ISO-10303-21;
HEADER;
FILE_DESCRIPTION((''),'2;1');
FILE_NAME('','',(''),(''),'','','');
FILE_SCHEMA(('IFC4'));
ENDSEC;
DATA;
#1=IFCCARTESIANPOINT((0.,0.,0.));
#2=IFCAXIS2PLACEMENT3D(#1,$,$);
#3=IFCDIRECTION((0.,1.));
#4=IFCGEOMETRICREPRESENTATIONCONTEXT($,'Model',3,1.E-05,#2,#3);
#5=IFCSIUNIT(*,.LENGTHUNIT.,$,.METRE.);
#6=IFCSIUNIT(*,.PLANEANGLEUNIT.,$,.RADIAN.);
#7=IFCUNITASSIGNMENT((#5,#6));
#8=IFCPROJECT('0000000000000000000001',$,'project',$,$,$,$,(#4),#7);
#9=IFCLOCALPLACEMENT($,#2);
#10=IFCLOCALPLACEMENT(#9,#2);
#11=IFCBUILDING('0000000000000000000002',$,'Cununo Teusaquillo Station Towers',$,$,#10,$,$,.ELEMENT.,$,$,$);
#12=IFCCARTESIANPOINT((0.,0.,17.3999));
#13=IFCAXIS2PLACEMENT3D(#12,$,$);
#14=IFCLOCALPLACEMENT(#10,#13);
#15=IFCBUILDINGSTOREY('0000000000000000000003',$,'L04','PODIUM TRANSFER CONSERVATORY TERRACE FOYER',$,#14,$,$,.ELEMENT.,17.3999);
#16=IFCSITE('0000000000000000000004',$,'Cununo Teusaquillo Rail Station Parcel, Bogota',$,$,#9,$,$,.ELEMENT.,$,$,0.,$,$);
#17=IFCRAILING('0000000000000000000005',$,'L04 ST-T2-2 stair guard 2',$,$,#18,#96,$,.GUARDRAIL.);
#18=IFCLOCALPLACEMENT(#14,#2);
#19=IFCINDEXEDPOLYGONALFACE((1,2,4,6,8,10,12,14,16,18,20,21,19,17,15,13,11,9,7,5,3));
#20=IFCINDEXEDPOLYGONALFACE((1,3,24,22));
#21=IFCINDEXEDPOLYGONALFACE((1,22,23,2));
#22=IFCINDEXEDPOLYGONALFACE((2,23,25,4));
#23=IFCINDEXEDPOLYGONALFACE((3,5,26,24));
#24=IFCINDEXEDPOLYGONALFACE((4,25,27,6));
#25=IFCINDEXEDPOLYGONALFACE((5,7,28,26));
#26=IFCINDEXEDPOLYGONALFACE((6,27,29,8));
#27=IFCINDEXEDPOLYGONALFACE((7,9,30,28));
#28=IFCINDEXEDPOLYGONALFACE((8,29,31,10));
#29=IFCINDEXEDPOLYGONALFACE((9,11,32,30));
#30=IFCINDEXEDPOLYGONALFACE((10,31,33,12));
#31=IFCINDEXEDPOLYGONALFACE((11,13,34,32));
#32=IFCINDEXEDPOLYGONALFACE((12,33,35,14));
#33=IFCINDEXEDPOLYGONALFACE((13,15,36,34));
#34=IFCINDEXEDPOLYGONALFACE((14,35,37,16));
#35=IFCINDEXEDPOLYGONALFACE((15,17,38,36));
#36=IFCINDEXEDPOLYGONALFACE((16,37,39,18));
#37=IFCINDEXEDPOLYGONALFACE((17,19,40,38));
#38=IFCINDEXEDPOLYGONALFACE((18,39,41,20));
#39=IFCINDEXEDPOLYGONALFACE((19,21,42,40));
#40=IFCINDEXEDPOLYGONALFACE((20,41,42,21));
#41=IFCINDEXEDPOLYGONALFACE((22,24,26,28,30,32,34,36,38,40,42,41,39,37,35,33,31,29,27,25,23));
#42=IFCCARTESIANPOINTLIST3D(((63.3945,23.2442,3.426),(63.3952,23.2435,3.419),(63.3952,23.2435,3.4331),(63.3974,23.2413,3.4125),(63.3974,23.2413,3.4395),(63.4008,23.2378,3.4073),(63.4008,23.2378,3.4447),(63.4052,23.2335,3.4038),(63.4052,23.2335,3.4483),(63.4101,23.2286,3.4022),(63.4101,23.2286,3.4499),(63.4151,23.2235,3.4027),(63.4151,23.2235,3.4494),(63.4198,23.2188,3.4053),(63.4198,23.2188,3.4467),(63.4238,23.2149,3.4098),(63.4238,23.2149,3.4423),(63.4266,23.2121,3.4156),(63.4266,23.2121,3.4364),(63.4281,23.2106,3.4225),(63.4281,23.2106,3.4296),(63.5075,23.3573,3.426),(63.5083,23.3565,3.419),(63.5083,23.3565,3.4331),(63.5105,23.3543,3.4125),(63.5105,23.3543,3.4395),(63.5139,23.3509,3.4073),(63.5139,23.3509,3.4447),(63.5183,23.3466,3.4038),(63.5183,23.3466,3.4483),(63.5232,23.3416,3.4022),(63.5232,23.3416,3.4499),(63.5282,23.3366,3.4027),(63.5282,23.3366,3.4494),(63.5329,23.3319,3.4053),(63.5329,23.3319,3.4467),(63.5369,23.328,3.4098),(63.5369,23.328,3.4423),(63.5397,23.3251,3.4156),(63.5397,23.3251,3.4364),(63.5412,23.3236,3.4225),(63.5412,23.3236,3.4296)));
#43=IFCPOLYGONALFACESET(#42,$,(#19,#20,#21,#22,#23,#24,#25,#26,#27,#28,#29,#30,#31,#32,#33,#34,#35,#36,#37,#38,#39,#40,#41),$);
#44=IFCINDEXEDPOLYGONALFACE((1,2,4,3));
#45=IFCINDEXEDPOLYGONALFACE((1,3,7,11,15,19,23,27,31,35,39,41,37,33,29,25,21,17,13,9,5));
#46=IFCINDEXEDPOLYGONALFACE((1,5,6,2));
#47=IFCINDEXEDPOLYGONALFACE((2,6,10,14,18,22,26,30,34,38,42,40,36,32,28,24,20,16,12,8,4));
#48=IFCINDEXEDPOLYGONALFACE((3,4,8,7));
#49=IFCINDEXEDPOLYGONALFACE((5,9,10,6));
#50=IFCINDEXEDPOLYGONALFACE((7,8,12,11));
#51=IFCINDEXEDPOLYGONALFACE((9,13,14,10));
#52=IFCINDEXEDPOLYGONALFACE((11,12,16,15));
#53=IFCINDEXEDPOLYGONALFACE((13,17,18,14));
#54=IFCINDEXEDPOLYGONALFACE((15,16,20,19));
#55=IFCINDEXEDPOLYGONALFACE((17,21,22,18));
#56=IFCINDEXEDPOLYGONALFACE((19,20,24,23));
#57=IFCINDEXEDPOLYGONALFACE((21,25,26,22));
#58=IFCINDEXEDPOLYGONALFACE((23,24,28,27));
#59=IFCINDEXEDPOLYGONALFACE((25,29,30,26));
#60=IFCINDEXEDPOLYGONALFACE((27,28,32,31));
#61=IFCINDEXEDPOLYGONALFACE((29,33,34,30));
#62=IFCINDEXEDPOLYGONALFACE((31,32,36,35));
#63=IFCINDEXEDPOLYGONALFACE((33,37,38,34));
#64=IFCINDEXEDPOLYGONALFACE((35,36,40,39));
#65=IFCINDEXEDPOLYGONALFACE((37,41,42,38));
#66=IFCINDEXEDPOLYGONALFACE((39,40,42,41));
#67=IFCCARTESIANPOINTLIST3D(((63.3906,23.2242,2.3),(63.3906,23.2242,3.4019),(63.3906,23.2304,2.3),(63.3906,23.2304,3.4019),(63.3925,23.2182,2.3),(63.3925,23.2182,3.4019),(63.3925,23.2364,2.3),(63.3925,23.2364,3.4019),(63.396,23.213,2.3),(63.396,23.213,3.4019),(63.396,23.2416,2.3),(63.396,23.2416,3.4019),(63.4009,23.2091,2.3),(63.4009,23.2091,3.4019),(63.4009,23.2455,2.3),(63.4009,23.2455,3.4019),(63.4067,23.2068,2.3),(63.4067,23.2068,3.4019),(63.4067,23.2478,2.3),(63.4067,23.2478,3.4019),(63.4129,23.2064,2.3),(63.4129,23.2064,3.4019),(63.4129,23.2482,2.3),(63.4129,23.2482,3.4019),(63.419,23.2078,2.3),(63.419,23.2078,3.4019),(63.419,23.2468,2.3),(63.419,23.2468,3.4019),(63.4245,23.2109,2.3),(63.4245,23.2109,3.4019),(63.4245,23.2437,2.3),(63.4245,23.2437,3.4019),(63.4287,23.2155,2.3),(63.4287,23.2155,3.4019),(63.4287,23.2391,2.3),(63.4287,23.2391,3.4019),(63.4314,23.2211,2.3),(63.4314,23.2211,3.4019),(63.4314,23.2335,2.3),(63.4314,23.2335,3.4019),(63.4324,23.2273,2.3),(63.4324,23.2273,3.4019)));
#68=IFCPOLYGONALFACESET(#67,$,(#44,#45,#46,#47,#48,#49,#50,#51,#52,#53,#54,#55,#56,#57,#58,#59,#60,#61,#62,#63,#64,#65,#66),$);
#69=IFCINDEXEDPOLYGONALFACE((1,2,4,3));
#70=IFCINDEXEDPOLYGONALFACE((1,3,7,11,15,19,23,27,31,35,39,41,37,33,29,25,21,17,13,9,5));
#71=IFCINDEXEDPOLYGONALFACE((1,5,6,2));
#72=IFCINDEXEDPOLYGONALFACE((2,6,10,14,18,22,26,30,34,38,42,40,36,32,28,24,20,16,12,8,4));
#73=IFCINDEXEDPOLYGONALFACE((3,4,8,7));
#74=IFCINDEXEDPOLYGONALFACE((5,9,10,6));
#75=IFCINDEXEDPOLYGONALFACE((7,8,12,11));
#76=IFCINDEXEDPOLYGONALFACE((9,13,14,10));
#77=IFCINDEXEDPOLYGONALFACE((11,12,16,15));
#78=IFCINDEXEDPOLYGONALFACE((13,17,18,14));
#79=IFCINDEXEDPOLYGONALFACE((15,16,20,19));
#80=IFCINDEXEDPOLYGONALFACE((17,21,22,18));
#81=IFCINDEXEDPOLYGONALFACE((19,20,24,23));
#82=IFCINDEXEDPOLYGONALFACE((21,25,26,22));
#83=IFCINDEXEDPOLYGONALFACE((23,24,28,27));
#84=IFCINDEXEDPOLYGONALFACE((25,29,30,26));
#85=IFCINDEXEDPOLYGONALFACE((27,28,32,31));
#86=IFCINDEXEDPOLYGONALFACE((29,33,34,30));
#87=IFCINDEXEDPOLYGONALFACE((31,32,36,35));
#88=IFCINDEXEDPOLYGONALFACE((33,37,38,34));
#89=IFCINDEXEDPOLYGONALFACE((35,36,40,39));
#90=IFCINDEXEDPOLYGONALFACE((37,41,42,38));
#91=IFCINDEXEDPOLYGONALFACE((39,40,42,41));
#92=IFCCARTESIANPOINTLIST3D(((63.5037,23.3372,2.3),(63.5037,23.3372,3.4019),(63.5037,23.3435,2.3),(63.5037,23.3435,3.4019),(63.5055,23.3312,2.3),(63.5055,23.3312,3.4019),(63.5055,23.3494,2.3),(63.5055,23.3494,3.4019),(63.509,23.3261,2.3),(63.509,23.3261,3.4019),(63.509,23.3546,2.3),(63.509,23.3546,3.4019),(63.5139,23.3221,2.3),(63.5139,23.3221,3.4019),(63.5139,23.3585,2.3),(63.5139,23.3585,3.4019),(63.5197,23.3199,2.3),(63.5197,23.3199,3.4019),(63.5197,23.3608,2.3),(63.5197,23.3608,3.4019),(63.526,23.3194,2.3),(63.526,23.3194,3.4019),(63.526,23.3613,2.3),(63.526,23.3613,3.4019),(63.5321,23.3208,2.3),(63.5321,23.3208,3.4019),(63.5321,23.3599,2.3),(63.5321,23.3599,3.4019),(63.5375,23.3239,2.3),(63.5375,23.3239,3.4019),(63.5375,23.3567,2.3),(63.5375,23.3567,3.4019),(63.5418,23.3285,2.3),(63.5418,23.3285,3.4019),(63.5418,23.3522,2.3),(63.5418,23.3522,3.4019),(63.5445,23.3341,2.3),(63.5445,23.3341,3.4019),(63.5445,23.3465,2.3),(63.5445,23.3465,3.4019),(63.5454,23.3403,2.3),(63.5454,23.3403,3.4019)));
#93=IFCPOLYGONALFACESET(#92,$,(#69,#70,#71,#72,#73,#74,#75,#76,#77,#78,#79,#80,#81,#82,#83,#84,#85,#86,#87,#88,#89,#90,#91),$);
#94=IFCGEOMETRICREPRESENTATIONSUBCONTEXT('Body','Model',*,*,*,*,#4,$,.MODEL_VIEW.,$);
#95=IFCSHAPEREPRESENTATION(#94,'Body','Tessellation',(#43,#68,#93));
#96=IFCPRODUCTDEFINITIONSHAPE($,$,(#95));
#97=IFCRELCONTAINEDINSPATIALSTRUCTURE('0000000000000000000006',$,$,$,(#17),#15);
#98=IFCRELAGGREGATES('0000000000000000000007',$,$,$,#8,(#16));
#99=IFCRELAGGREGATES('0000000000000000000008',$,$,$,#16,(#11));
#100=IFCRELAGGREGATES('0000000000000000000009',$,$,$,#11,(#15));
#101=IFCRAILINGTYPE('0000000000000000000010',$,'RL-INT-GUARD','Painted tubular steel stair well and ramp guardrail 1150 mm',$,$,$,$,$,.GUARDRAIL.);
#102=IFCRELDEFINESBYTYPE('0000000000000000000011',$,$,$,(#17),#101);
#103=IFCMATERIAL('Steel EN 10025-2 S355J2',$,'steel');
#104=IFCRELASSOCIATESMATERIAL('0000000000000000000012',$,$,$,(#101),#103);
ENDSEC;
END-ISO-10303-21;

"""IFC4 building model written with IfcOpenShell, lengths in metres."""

from ifc_helpers import new_model, si_unit, direction, frame, origin, origin_2d, place, context, subcontext, project, spatial, circle, extrude, material, type_object, element, save


model = new_model("IFC4")

# Units and contexts
model_context = context("Model", 3, precision=1e-05, world=origin(), true_north=direction((0.0, 1.0)))
body_context = subcontext(model_context, "Body", "Model", "MODEL_VIEW")
ifc_project = project(units=[si_unit("LENGTHUNIT", "METRE"), si_unit("PLANEANGLEUNIT", "RADIAN")], contexts=[model_context])

# Site, building, storey
site_placement = place(None, origin())
site = spatial("IfcSite", under=ifc_project, at=site_placement, Name="Cununo Teusaquillo Rail Station Parcel, Bogota", CompositionType="ELEMENT", RefElevation=0.0)
building_placement = place(site_placement, origin())
building = spatial("IfcBuilding", under=site, at=building_placement, Name="Cununo Teusaquillo Station Towers", CompositionType="ELEMENT")
storey_placement = place(building_placement, frame((0.0, 0.0, 17.3999)))
storey = spatial("IfcBuildingStorey", under=building, at=storey_placement, Name="L04", Description="PODIUM TRANSFER CONSERVATORY TERRACE FOYER", CompositionType="ELEMENT", Elevation=17.3999)

# Railing
ifc_material_1 = material(Name="Steel EN 10025-2 S355J2", Category="steel")
railing_type_1 = type_object("IfcRailingType", Name="RL-INT-GUARD", Description="Painted tubular steel stair well and ramp guardrail 1150 mm", PredefinedType="GUARDRAIL", material=ifc_material_1)
railing_1_placement = place(storey_placement, frame((63.4114, 23.2273, 2.3)))
element("IfcRailing", 1, at=railing_1_placement, inside=storey, type_object=railing_type_1, Name="L04 ST-T2-2 stair guard 2", PredefinedType="GUARDRAIL", context=body_context, shape_type="SweptSolid", body=[
    extrude(circle(Radius=0.0239, at=origin_2d()), frame((0.0, 0.0, 1.126), z_axis=(0.707107, 0.707107, 0.0), x_axis=(-0.707107, 0.707107, 0.0)), (0.0, 0.0, 1.0), 0.1599),
    extrude(circle(Radius=0.021, at=origin_2d()), origin(), (0.0, 0.0, 1.0), 1.1018),
    extrude(circle(Radius=0.021, at=origin_2d()), frame((0.113, 0.113, 0.0)), (0.0, 0.0, 1.0), 1.1018),
])

save(model, "model.ifc")
